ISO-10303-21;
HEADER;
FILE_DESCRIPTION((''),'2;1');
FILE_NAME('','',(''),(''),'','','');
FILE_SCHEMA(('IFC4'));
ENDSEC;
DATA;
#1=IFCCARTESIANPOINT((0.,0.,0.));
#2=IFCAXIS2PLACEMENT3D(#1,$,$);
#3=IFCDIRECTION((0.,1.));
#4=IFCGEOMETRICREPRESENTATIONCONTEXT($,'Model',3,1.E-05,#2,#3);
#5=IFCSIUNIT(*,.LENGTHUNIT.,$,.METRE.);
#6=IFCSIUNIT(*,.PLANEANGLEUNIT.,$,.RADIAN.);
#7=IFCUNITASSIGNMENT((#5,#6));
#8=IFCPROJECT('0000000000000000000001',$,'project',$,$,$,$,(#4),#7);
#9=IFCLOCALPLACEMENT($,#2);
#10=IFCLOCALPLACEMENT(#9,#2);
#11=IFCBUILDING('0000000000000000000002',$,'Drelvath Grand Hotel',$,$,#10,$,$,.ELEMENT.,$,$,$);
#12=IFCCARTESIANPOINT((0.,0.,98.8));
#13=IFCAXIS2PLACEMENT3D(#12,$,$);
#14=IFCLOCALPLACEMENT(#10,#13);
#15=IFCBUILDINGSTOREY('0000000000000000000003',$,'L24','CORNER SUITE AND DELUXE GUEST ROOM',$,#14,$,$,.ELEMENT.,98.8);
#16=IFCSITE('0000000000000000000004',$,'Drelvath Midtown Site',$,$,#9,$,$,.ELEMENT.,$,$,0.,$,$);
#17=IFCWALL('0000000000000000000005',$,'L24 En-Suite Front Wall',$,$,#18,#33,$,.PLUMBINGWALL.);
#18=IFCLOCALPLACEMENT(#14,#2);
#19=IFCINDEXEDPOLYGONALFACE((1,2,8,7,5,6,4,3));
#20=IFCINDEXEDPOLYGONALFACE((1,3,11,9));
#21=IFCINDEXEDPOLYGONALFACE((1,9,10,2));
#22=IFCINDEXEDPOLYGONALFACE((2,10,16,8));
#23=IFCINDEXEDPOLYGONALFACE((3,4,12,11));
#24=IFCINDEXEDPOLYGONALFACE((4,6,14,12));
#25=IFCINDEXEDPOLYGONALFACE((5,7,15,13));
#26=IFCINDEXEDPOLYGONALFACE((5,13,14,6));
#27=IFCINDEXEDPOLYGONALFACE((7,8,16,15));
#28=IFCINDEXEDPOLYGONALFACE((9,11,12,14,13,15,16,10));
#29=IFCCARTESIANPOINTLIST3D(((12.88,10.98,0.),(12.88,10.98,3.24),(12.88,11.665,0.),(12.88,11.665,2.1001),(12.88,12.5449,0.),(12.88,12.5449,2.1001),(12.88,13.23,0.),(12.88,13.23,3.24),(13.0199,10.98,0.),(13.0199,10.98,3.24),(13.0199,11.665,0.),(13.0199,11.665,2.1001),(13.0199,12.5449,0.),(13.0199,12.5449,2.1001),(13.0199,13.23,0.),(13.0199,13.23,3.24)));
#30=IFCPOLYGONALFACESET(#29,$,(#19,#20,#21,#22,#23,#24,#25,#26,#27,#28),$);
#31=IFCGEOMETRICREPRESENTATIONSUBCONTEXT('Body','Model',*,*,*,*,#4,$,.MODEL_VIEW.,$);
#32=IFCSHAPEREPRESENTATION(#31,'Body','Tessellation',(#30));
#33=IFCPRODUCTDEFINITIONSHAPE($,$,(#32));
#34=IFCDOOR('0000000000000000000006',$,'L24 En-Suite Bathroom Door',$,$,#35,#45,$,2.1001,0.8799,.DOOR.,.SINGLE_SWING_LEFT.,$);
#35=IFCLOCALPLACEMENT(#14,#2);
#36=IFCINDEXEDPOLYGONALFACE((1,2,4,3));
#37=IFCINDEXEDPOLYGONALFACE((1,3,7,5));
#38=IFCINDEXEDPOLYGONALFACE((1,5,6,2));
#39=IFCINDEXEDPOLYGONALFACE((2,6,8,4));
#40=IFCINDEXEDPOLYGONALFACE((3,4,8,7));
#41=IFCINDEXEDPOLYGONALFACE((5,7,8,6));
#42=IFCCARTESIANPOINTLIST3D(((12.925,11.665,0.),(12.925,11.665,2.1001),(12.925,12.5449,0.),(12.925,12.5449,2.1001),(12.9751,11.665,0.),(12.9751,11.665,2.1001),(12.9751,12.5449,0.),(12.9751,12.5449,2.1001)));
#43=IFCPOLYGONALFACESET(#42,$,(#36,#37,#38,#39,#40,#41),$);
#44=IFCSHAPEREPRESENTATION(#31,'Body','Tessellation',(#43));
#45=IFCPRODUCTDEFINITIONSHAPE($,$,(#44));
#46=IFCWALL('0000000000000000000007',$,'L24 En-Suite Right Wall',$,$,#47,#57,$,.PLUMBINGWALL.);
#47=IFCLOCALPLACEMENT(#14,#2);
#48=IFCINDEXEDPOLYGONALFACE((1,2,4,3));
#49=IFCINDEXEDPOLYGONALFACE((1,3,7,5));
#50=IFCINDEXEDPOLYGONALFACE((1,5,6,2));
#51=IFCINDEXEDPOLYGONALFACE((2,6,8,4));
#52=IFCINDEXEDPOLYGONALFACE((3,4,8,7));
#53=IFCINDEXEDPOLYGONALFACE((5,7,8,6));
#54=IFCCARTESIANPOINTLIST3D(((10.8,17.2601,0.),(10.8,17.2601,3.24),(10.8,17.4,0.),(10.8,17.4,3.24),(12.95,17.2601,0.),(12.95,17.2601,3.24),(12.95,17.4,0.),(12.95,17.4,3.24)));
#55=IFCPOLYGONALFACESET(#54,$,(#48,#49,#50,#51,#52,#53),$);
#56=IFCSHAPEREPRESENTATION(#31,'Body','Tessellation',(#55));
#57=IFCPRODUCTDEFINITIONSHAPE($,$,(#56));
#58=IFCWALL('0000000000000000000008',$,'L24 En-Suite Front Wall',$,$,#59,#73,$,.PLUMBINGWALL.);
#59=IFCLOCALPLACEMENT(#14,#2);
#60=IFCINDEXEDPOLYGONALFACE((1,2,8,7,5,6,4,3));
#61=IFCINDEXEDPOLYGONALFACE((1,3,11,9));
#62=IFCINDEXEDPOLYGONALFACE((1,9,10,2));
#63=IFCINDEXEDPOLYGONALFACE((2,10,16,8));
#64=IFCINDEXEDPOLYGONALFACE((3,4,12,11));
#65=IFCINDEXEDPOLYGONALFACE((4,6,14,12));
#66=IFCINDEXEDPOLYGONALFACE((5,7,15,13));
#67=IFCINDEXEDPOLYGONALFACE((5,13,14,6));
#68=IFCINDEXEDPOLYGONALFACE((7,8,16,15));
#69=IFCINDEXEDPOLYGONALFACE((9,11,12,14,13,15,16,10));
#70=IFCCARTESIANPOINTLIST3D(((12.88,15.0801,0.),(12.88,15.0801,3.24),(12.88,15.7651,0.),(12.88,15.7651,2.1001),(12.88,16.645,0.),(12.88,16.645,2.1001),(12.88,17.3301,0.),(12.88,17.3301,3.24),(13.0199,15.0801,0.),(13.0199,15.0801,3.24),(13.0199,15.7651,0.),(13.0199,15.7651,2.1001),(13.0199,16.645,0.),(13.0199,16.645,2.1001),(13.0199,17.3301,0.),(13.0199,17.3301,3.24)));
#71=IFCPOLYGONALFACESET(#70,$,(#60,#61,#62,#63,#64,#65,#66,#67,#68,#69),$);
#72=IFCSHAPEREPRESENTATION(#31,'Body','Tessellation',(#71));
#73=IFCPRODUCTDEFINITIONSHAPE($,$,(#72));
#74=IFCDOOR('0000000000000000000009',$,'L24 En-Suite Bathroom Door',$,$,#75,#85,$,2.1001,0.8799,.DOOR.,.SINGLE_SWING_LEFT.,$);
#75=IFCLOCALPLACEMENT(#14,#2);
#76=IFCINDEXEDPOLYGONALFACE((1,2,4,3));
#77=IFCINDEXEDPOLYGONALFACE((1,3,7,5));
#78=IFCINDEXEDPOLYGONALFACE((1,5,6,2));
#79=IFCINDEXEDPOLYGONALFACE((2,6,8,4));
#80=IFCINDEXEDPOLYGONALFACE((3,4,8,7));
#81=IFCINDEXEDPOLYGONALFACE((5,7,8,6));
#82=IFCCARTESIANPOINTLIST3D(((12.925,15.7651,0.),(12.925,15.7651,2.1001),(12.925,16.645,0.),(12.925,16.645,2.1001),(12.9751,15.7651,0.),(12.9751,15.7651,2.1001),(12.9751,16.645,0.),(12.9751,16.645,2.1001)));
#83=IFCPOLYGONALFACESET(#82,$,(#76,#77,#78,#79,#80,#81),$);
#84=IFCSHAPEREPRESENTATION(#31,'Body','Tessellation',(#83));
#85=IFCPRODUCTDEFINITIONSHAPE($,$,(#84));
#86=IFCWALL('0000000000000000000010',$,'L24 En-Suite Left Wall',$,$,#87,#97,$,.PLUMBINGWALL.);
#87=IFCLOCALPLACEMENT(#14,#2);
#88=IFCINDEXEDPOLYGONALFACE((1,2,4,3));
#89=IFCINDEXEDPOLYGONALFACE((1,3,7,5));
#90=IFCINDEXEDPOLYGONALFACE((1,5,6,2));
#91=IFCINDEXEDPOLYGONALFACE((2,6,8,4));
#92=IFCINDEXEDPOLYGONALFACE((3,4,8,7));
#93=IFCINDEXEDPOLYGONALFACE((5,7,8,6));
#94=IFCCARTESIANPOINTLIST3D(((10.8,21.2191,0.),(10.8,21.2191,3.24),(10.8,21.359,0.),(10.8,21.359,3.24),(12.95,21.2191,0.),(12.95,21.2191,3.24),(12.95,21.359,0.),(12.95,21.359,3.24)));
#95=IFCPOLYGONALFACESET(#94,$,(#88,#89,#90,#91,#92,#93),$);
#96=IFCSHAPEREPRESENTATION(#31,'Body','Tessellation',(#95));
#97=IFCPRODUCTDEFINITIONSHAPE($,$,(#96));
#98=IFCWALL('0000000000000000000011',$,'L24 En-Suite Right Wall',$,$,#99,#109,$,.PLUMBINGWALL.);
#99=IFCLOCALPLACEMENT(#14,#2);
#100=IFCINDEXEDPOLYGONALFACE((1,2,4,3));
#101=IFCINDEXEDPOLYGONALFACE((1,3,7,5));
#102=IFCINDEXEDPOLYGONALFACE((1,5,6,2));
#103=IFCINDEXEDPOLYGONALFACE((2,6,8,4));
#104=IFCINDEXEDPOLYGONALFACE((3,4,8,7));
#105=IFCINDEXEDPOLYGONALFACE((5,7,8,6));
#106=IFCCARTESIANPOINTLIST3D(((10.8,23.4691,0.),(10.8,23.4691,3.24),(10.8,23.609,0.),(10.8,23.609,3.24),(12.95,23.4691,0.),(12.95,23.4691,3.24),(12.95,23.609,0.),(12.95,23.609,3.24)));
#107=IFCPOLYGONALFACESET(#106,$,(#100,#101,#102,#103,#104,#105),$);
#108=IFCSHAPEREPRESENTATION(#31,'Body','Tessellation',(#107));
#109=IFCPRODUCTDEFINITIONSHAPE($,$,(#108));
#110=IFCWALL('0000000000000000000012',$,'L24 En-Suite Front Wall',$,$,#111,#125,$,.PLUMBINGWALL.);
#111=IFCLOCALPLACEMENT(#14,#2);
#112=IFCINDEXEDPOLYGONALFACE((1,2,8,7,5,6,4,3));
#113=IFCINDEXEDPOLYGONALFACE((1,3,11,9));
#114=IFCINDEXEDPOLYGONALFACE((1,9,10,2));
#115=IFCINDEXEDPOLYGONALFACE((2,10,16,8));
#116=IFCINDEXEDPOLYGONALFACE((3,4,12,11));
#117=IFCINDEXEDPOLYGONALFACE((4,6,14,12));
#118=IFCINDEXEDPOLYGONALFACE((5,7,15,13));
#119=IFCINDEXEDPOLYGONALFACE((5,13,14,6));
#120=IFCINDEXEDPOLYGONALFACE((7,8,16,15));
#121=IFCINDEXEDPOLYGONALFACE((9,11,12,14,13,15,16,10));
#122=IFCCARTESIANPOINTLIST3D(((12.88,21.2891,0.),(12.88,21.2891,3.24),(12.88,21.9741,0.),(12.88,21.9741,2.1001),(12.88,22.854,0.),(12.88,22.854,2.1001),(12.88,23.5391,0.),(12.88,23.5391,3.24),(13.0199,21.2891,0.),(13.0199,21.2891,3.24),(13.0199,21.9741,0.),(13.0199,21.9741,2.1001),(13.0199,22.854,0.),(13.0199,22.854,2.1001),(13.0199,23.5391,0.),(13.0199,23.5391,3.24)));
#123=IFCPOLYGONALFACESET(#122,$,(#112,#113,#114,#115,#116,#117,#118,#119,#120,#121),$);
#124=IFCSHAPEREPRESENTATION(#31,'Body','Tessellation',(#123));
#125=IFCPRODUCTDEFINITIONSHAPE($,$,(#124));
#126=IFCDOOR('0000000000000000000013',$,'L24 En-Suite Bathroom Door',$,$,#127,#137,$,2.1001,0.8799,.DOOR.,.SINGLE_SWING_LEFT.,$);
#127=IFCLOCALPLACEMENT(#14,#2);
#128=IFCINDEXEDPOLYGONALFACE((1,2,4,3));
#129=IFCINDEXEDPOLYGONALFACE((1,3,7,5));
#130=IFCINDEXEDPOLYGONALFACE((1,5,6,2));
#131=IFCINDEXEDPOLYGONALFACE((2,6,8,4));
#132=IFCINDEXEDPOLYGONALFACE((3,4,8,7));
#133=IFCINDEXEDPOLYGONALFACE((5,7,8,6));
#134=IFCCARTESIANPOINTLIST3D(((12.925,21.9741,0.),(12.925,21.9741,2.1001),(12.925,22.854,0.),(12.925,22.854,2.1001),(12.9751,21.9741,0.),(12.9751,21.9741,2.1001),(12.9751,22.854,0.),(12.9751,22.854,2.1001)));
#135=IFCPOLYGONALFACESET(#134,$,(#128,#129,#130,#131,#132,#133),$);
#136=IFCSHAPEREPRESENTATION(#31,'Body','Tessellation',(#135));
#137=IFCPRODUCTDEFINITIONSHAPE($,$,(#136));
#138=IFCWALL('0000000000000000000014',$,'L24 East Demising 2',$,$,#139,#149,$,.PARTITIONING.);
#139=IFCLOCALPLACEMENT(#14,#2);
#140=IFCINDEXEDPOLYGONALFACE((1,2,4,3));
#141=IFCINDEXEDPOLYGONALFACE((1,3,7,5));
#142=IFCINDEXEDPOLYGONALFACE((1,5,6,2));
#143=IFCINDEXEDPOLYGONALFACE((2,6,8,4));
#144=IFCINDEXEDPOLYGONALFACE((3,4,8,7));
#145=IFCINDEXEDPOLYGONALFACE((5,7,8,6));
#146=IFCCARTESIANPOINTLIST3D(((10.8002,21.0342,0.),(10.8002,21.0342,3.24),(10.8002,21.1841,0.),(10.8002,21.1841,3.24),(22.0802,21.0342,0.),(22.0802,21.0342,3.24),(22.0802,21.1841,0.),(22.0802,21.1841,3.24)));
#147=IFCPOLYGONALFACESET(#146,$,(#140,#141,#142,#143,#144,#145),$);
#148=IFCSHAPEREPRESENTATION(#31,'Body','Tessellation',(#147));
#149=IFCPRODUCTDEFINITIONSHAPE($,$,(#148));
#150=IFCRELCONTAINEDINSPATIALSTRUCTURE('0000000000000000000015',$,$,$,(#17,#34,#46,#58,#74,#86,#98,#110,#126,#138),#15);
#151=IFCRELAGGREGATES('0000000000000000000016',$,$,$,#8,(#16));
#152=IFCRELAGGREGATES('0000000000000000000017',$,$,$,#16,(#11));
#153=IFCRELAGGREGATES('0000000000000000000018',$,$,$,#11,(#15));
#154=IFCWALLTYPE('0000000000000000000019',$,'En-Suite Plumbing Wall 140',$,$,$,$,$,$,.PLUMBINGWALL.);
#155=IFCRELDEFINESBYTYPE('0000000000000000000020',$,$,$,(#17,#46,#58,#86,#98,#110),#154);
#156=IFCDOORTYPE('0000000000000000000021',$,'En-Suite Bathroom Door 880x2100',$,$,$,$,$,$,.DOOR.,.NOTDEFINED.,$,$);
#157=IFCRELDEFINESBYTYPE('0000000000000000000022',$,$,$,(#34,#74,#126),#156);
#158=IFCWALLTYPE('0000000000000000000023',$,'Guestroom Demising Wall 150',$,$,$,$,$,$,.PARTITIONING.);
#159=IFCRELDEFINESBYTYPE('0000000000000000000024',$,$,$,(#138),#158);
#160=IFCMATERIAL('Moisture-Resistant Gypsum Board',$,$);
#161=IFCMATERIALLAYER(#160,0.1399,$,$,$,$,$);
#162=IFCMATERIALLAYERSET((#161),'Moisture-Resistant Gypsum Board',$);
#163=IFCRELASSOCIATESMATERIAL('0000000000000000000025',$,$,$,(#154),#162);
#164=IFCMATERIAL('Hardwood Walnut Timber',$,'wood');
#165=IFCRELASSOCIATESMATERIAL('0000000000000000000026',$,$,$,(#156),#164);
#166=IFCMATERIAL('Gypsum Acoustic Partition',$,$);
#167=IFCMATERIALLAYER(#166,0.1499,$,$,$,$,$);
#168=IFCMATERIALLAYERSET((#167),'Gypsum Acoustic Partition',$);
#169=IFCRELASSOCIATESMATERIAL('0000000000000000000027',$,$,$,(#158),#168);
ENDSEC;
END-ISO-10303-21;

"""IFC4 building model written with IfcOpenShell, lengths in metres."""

from ifc_helpers import new_model, si_unit, direction, frame, frame_2d, origin, place, context, subcontext, project, spatial, rectangle, extrude, material, layer, layer_set, type_object, element, fill, save


model = new_model("IFC4")

# Units and contexts
model_context = context("Model", 3, precision=1e-05, world=origin(), true_north=direction((0.0, 1.0)))
body_context = subcontext(model_context, "Body", "Model", "MODEL_VIEW")
ifc_project = project(units=[si_unit("LENGTHUNIT", "METRE"), si_unit("PLANEANGLEUNIT", "RADIAN")], contexts=[model_context])

# Site, building, storey
site_placement = place(None, origin())
site = spatial("IfcSite", under=ifc_project, at=site_placement, Name="Drelvath Midtown Site", CompositionType="ELEMENT", RefElevation=0.0)
building_placement = place(site_placement, origin())
building = spatial("IfcBuilding", under=site, at=building_placement, Name="Drelvath Grand Hotel", CompositionType="ELEMENT")
storey_placement = place(building_placement, frame((0.0, 0.0, 98.8)))
storey = spatial("IfcBuildingStorey", under=building, at=storey_placement, Name="L24", Description="CORNER SUITE AND DELUXE GUEST ROOM", CompositionType="ELEMENT", Elevation=98.8)

# Wall, opening, door
ifc_material_1 = material(Name="Moisture-Resistant Gypsum Board")
ifc_layer_1 = layer(ifc_material_1, 0.1399)
ifc_layer_set_1 = layer_set([ifc_layer_1], Name="Moisture-Resistant Gypsum Board")
wall_type_1 = type_object("IfcWallType", Name="En-Suite Plumbing Wall 140", PredefinedType="PLUMBINGWALL", material=ifc_layer_set_1)
wall_1_placement = place(storey_placement, frame((12.95, 10.98, 0.0), z_axis=(0.0, 0.0, 1.0), x_axis=(0.0, 1.0, 0.0)))
wall_1 = element("IfcWall", 1, at=wall_1_placement, inside=storey, type_object=wall_type_1, Name="L24 En-Suite Front Wall", PredefinedType="PLUMBINGWALL", context=body_context, shape_type="SweptSolid", body=[
    extrude(rectangle(XDim=2.25, YDim=0.1399, at=frame_2d((1.125, 0.0))), origin(), (0.0, 0.0, 1.0), 3.24),
])
opening_1_placement = place(wall_1_placement, frame((0.6851, 0.0, 0.0)))
opening_1 = element("IfcOpeningElement", 2, at=opening_1_placement, cuts=wall_1, PredefinedType="OPENING", context=body_context, shape_type="SweptSolid", body=[
    extrude(rectangle(XDim=0.8799, YDim=2.1001, at=frame_2d((0.4399, 1.05))), frame((0.0, 0.0798, 0.0), z_axis=(0.0, -1.0, 0.0), x_axis=(1.0, 0.0, 0.0)), (0.0, 0.0, 1.0), 0.1599),
])
ifc_material_2 = material(Name="Hardwood Walnut Timber", Category="wood")
door_type_1 = type_object("IfcDoorType", Name="En-Suite Bathroom Door 880x2100", OperationType="NOTDEFINED", PredefinedType="DOOR", material=ifc_material_2)
door_1_placement = place(opening_1_placement, origin())
door_1 = element("IfcDoor", 3, at=door_1_placement, inside=storey, type_object=door_type_1, Name="L24 En-Suite Bathroom Door", OperationType="SINGLE_SWING_LEFT", OverallHeight=2.1001, OverallWidth=0.8799, PredefinedType="DOOR", context=body_context, shape_type="SweptSolid", body=[
    extrude(rectangle(XDim=0.8799, YDim=2.1001, at=frame_2d((0.4399, 1.05))), frame((0.0, 0.0249, 0.0), z_axis=(0.0, -1.0, 0.0), x_axis=(1.0, 0.0, 0.0)), (0.0, 0.0, 1.0), 0.05),
])
fill(opening_1, door_1)

# Wall
wall_2_placement = place(storey_placement, frame((10.8, 17.3301, 0.0), z_axis=(0.0, 0.0, 1.0), x_axis=(1.0, 0.0, 0.0)))
element("IfcWall", 4, at=wall_2_placement, inside=storey, type_object=wall_type_1, Name="L24 En-Suite Right Wall", PredefinedType="PLUMBINGWALL", context=body_context, shape_type="SweptSolid", body=[
    extrude(rectangle(XDim=2.1499, YDim=0.1399, at=frame_2d((1.075, 0.0))), origin(), (0.0, 0.0, 1.0), 3.24),
])

# Wall, opening, door
wall_3_placement = place(storey_placement, frame((12.95, 15.0801, 0.0), z_axis=(0.0, 0.0, 1.0), x_axis=(0.0, 1.0, 0.0)))
wall_3 = element("IfcWall", 5, at=wall_3_placement, inside=storey, type_object=wall_type_1, Name="L24 En-Suite Front Wall", PredefinedType="PLUMBINGWALL", context=body_context, shape_type="SweptSolid", body=[
    extrude(rectangle(XDim=2.25, YDim=0.1399, at=frame_2d((1.125, 0.0))), origin(), (0.0, 0.0, 1.0), 3.24),
])
opening_2_placement = place(wall_3_placement, frame((0.6851, 0.0, 0.0)))
opening_2 = element("IfcOpeningElement", 6, at=opening_2_placement, cuts=wall_3, PredefinedType="OPENING", context=body_context, shape_type="SweptSolid", body=[
    extrude(rectangle(XDim=0.8799, YDim=2.1001, at=frame_2d((0.4399, 1.05))), frame((0.0, 0.0798, 0.0), z_axis=(0.0, -1.0, 0.0), x_axis=(1.0, 0.0, 0.0)), (0.0, 0.0, 1.0), 0.1599),
])
door_2_placement = place(opening_2_placement, origin())
door_2 = element("IfcDoor", 7, at=door_2_placement, inside=storey, type_object=door_type_1, Name="L24 En-Suite Bathroom Door", OperationType="SINGLE_SWING_LEFT", OverallHeight=2.1001, OverallWidth=0.8799, PredefinedType="DOOR", context=body_context, shape_type="SweptSolid", body=[
    extrude(rectangle(XDim=0.8799, YDim=2.1001, at=frame_2d((0.4399, 1.05))), frame((0.0, 0.0249, 0.0), z_axis=(0.0, -1.0, 0.0), x_axis=(1.0, 0.0, 0.0)), (0.0, 0.0, 1.0), 0.05),
])
fill(opening_2, door_2)

# Walls
for number, where, z_axis, x_axis, name in (
    (8, (10.8, 21.2891, 0.0), (0.0, 0.0, 1.0), (1.0, 0.0, 0.0), "L24 En-Suite Left Wall"),
    (9, (10.8, 23.5391, 0.0), (0.0, 0.0, 1.0), (1.0, 0.0, 0.0), "L24 En-Suite Right Wall"),
):
    element("IfcWall", number, at=place(storey_placement, frame(where, z_axis=z_axis, x_axis=x_axis)), inside=storey, type_object=wall_type_1, Name=name, PredefinedType="PLUMBINGWALL", context=body_context, shape_type="SweptSolid", body=[
        extrude(rectangle(XDim=2.1499, YDim=0.1399, at=frame_2d((1.075, 0.0))), origin(), (0.0, 0.0, 1.0), 3.24),
    ])

# Wall, opening, door
wall_4_placement = place(storey_placement, frame((12.95, 21.2891, 0.0), z_axis=(0.0, 0.0, 1.0), x_axis=(0.0, 1.0, 0.0)))
wall_4 = element("IfcWall", 10, at=wall_4_placement, inside=storey, type_object=wall_type_1, Name="L24 En-Suite Front Wall", PredefinedType="PLUMBINGWALL", context=body_context, shape_type="SweptSolid", body=[
    extrude(rectangle(XDim=2.25, YDim=0.1399, at=frame_2d((1.125, 0.0))), origin(), (0.0, 0.0, 1.0), 3.24),
])
opening_3_placement = place(wall_4_placement, frame((0.6851, 0.0, 0.0)))
opening_3 = element("IfcOpeningElement", 11, at=opening_3_placement, cuts=wall_4, PredefinedType="OPENING", context=body_context, shape_type="SweptSolid", body=[
    extrude(rectangle(XDim=0.8799, YDim=2.1001, at=frame_2d((0.4399, 1.05))), frame((0.0, 0.0798, 0.0), z_axis=(0.0, -1.0, 0.0), x_axis=(1.0, 0.0, 0.0)), (0.0, 0.0, 1.0), 0.1599),
])
door_3_placement = place(opening_3_placement, origin())
door_3 = element("IfcDoor", 12, at=door_3_placement, inside=storey, type_object=door_type_1, Name="L24 En-Suite Bathroom Door", OperationType="SINGLE_SWING_LEFT", OverallHeight=2.1001, OverallWidth=0.8799, PredefinedType="DOOR", context=body_context, shape_type="SweptSolid", body=[
    extrude(rectangle(XDim=0.8799, YDim=2.1001, at=frame_2d((0.4399, 1.05))), frame((0.0, 0.0249, 0.0), z_axis=(0.0, -1.0, 0.0), x_axis=(1.0, 0.0, 0.0)), (0.0, 0.0, 1.0), 0.05),
])
fill(opening_3, door_3)

# Wall
ifc_material_3 = material(Name="Gypsum Acoustic Partition")
ifc_layer_2 = layer(ifc_material_3, 0.1499)
ifc_layer_set_2 = layer_set([ifc_layer_2], Name="Gypsum Acoustic Partition")
wall_type_2 = type_object("IfcWallType", Name="Guestroom Demising Wall 150", PredefinedType="PARTITIONING", material=ifc_layer_set_2)
wall_5_placement = place(storey_placement, frame((10.8, 21.1091, 0.0), z_axis=(0.0, 0.0, 1.0), x_axis=(1.0, 0.0, 0.0)))
element("IfcWall", 13, at=wall_5_placement, inside=storey, type_object=wall_type_2, Name="L24 East Demising 2", PredefinedType="PARTITIONING", context=body_context, shape_type="SweptSolid", body=[
    extrude(rectangle(XDim=11.28, YDim=0.1499, at=frame_2d((5.6401, 0.0))), origin(), (0.0, 0.0, 1.0), 3.24),
])

save(model, "model.ifc")
